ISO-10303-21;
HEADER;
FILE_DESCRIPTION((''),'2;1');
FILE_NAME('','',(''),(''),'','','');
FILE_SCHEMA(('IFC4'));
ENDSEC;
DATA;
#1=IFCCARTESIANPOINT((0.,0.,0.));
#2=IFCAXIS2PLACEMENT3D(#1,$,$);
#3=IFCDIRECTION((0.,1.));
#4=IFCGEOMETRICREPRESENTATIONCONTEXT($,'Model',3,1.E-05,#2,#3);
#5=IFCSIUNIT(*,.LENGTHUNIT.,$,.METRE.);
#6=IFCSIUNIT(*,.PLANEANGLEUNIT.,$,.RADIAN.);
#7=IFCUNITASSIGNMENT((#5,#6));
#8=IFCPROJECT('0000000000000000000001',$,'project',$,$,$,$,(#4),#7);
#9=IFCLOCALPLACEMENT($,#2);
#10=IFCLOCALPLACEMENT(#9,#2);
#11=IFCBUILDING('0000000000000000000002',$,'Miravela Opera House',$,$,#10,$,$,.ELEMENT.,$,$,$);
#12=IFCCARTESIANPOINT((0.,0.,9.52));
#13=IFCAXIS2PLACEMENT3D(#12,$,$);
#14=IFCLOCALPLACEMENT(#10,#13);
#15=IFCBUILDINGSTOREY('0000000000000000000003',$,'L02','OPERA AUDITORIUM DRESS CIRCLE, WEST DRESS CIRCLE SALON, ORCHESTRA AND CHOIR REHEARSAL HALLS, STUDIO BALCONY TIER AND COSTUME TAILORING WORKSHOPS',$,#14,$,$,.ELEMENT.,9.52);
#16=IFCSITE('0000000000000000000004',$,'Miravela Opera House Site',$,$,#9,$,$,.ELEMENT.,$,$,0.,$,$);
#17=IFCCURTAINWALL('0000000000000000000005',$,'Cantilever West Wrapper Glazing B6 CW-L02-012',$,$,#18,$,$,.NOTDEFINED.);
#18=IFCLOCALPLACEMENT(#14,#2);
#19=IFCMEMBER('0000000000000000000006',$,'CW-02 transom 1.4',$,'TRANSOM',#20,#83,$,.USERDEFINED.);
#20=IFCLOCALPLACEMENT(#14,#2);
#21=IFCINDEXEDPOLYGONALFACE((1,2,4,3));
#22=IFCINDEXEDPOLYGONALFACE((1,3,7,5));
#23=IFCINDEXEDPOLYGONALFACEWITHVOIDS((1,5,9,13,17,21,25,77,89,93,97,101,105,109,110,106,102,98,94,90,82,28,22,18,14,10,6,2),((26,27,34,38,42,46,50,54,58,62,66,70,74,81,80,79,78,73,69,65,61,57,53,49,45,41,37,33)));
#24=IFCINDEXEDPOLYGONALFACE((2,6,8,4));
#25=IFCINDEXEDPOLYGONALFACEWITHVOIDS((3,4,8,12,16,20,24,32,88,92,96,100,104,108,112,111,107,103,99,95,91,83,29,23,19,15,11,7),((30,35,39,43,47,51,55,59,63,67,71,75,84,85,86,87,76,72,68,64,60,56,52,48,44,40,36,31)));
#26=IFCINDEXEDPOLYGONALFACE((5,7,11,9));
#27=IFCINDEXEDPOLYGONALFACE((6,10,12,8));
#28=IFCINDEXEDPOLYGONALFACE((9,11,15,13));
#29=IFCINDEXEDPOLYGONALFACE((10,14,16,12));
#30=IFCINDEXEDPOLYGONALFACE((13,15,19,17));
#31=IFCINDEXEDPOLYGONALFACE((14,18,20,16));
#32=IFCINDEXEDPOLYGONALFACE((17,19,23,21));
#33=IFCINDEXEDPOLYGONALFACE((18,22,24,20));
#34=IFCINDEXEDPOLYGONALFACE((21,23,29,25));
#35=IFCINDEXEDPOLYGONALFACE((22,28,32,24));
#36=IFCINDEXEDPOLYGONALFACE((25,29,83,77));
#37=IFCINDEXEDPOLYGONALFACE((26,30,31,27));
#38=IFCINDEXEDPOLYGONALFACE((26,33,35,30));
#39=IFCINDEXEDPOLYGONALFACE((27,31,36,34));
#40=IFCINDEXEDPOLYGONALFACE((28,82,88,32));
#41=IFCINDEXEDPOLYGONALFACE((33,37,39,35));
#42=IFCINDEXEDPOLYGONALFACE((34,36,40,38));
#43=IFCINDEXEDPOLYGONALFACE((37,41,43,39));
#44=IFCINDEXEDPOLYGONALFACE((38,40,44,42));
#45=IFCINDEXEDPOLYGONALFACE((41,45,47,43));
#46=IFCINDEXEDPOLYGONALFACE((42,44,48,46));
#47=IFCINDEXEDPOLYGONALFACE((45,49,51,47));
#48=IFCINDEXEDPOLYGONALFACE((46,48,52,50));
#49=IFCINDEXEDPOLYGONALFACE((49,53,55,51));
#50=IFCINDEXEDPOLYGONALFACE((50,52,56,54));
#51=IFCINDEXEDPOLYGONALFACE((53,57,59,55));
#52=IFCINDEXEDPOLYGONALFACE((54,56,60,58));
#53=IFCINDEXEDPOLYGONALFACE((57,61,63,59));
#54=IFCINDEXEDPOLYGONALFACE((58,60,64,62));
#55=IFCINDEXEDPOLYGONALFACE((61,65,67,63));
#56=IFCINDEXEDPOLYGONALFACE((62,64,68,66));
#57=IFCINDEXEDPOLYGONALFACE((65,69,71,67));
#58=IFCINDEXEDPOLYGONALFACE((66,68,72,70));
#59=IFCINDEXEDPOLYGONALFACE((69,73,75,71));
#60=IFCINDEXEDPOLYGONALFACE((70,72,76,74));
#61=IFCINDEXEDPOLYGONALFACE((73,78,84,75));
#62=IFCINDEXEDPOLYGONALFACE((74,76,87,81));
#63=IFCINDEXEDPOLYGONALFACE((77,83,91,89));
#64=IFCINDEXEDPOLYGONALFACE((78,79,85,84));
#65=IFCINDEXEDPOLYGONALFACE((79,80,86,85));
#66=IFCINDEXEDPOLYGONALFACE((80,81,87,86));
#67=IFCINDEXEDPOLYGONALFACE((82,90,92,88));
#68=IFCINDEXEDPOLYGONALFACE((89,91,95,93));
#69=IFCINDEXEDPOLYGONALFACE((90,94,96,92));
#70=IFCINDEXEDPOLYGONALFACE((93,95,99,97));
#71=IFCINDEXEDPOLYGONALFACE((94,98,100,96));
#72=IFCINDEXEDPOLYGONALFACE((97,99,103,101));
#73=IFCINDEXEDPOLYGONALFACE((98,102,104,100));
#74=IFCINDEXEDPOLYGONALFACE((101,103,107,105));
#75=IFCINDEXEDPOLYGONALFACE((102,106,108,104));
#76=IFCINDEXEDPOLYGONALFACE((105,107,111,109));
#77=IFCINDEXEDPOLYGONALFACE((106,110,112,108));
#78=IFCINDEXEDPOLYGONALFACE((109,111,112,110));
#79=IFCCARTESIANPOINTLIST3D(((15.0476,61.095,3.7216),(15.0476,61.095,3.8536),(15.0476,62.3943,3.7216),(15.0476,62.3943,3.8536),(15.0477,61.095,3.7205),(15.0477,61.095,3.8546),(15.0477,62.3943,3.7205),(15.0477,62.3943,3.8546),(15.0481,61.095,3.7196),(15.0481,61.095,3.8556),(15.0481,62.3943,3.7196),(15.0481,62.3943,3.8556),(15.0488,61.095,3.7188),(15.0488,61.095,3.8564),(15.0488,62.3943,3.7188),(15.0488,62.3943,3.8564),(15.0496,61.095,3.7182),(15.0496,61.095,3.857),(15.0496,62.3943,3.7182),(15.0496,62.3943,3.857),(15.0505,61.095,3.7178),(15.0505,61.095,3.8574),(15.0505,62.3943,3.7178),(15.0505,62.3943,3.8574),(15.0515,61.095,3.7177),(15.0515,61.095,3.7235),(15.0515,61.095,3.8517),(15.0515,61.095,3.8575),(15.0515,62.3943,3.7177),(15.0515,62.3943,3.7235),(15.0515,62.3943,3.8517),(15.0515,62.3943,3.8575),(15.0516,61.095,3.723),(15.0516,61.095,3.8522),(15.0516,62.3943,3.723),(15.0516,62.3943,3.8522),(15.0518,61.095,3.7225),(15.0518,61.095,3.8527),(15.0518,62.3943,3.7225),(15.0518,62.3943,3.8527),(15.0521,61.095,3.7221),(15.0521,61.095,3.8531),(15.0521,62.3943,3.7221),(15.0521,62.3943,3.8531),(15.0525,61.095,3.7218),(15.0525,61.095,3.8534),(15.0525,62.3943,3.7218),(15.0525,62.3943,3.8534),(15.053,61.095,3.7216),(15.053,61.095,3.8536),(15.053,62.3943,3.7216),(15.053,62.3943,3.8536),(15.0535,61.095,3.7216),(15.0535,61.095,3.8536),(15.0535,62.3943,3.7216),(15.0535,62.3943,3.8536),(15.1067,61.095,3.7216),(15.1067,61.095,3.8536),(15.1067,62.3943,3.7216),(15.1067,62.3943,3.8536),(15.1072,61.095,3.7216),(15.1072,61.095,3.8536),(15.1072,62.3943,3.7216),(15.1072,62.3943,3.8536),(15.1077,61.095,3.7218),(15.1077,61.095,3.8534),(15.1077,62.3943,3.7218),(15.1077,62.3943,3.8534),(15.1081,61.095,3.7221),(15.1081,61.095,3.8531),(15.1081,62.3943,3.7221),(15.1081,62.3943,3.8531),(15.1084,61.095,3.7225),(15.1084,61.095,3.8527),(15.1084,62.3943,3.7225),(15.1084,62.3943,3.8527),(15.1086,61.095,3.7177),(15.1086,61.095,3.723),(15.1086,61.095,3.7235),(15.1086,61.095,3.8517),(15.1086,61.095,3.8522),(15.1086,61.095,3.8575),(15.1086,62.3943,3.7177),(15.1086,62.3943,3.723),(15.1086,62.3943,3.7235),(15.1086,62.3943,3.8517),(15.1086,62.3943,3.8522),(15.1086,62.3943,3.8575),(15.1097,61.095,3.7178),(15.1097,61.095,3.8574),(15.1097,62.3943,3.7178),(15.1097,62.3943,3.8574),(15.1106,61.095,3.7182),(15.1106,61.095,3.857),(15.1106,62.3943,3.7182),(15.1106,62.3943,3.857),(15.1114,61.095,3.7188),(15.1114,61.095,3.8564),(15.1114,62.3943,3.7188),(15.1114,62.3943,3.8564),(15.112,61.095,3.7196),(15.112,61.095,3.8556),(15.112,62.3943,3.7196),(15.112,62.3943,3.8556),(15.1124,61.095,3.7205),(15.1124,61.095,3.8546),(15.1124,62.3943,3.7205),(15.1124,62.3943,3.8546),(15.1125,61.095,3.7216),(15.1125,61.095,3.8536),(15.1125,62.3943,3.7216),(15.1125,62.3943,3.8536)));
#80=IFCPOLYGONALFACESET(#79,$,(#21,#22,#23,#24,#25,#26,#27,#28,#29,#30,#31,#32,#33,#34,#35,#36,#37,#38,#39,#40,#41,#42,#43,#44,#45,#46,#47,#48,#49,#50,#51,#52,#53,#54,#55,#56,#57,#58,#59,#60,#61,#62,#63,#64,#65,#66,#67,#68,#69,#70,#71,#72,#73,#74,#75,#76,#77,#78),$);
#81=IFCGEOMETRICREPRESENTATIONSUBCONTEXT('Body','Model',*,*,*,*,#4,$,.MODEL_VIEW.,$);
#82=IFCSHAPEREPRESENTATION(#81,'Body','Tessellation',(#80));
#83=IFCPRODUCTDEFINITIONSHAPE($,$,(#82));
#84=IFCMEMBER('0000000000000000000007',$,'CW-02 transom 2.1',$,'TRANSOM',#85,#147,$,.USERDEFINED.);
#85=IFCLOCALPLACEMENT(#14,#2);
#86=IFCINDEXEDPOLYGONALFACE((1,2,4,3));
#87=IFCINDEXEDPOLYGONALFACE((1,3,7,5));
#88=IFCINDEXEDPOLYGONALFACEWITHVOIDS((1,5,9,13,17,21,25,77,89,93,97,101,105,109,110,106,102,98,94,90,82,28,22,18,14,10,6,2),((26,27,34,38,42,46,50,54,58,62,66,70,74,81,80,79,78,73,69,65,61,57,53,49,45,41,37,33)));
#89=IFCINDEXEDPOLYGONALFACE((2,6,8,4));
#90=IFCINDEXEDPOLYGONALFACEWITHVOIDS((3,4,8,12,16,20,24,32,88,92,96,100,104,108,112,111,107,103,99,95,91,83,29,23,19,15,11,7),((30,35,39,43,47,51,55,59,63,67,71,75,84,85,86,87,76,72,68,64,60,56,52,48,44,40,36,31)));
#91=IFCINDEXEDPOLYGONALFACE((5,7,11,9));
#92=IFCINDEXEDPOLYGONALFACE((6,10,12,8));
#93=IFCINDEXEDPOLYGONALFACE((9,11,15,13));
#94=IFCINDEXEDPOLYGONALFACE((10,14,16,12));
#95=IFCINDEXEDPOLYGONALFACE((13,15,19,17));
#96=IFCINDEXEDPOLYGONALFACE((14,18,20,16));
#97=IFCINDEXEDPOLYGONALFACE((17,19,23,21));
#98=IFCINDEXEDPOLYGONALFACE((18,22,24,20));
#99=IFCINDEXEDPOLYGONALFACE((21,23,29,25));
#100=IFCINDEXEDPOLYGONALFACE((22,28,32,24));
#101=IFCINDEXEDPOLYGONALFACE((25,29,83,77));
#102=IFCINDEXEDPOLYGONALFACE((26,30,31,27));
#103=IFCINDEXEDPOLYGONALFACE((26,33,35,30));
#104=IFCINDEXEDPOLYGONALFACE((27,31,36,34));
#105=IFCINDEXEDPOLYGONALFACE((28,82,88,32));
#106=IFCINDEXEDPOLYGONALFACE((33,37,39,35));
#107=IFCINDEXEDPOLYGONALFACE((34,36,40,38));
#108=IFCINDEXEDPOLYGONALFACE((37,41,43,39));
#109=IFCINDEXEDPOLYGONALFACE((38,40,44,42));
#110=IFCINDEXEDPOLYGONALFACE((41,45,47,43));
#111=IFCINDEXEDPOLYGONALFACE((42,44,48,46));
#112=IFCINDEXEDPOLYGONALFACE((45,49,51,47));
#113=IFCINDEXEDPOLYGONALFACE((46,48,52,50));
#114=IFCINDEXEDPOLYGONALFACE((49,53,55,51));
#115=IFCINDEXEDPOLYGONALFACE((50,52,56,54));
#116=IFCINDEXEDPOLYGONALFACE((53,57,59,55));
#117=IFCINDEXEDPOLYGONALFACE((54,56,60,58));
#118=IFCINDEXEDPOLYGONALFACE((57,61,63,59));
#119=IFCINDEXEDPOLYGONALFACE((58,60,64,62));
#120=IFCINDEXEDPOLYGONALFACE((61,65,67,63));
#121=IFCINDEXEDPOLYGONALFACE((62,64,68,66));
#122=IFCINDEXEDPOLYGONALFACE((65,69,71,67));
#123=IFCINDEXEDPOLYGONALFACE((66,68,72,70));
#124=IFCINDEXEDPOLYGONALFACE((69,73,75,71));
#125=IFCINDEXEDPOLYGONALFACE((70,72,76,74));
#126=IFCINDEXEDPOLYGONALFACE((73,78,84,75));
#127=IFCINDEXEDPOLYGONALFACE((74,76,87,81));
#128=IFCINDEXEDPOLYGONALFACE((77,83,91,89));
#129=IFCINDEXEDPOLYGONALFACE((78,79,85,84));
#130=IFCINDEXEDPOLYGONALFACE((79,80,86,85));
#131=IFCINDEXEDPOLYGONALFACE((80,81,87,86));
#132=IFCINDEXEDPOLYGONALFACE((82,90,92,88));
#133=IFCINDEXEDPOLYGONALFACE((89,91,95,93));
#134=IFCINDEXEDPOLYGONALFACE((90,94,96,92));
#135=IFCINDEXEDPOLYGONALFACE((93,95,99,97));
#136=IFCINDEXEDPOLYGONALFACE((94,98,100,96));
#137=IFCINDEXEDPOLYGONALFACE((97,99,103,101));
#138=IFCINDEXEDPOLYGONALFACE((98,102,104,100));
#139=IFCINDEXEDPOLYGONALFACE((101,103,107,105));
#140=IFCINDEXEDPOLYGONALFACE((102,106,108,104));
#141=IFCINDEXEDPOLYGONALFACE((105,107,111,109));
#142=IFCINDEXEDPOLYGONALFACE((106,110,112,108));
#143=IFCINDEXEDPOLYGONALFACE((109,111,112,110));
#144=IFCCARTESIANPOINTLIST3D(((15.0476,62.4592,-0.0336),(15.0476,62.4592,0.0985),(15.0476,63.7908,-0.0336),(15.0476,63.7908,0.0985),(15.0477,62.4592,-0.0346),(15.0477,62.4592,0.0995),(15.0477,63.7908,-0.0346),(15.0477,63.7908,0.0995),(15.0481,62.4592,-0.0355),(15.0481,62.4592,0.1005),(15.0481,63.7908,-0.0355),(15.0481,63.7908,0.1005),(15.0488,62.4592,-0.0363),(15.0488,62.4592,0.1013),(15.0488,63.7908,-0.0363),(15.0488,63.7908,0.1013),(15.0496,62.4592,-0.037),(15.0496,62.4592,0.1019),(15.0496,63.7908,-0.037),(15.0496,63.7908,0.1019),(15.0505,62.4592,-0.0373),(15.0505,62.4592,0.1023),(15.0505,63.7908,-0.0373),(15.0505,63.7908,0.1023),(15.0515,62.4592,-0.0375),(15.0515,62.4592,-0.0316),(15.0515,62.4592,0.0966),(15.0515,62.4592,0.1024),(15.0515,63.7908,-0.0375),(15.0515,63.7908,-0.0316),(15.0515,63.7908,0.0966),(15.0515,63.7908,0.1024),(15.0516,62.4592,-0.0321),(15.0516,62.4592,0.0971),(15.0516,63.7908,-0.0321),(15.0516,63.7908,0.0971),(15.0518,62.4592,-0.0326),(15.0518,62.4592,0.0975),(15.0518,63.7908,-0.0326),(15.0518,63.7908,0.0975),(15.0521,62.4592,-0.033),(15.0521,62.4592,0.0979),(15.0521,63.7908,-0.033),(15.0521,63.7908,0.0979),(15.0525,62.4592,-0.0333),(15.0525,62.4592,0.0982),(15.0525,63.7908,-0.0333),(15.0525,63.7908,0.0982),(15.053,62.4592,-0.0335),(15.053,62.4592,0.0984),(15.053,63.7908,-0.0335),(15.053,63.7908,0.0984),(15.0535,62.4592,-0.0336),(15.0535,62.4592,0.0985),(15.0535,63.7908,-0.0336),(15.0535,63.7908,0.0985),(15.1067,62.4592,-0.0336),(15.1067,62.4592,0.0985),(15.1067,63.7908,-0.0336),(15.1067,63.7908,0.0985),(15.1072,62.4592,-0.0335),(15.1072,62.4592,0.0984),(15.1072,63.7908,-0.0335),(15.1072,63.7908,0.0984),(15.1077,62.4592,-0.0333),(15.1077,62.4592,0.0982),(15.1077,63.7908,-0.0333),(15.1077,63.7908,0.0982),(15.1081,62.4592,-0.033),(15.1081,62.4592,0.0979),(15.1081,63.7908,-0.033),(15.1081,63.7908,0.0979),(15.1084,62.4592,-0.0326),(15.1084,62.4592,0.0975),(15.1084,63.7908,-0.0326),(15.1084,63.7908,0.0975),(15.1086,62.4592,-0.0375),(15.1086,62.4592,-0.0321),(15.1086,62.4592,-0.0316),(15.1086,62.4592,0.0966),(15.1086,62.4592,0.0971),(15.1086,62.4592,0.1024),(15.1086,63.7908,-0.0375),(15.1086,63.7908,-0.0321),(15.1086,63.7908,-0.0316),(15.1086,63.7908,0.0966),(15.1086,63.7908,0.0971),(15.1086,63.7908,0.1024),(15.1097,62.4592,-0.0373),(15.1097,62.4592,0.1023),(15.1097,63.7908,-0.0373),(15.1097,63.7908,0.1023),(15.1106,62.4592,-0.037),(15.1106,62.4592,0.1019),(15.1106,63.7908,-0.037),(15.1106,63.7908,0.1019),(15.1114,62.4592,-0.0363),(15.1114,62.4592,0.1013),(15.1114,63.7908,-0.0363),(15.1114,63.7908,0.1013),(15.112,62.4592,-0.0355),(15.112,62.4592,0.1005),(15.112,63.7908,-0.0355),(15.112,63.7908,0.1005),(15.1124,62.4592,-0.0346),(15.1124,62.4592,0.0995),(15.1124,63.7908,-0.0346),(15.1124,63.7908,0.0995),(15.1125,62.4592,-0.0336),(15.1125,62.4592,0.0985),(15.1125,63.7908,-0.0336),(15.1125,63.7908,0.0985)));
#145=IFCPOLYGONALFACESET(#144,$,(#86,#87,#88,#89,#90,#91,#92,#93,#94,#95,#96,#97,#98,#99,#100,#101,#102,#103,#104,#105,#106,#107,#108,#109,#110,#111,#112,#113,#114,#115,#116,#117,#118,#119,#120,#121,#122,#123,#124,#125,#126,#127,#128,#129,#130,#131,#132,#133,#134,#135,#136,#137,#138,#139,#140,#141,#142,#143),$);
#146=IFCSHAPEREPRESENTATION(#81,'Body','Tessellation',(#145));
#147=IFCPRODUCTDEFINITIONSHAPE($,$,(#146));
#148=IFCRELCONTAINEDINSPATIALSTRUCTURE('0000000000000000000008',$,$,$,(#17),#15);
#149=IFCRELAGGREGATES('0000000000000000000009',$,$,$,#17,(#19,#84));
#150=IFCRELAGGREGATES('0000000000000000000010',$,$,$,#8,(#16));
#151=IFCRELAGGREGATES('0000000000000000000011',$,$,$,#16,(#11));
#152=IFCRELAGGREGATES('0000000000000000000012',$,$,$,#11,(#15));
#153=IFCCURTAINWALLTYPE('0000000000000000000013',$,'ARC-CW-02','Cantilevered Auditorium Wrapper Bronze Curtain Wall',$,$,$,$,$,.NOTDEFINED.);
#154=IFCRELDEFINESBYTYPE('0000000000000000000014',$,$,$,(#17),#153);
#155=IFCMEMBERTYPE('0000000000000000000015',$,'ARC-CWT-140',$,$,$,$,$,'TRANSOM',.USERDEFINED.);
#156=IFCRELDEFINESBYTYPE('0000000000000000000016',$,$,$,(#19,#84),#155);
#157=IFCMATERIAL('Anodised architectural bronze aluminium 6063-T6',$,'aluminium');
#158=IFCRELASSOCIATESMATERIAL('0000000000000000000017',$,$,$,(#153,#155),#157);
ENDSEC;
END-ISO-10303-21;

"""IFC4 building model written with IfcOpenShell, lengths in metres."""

from ifc_helpers import new_model, si_unit, direction, frame, origin, origin_2d, place, context, subcontext, project, spatial, hollow_rectangle, extrude, material, material_profile, profile_set, type_object, element, aggregate, save


model = new_model("IFC4")

# Units and contexts
model_context = context("Model", 3, precision=1e-05, world=origin(), true_north=direction((0.0, 1.0)))
body_context = subcontext(model_context, "Body", "Model", "MODEL_VIEW")
ifc_project = project(units=[si_unit("LENGTHUNIT", "METRE"), si_unit("PLANEANGLEUNIT", "RADIAN")], contexts=[model_context])

# Site, building, storey
site_placement = place(None, origin())
site = spatial("IfcSite", under=ifc_project, at=site_placement, Name="Miravela Opera House Site", CompositionType="ELEMENT", RefElevation=0.0)
building_placement = place(site_placement, origin())
building = spatial("IfcBuilding", under=site, at=building_placement, Name="Miravela Opera House", CompositionType="ELEMENT")
storey_placement = place(building_placement, frame((0.0, 0.0, 9.52)))
storey = spatial("IfcBuildingStorey", under=building, at=storey_placement, Name="L02", Description="OPERA AUDITORIUM DRESS CIRCLE, WEST DRESS CIRCLE SALON, ORCHESTRA AND CHOIR REHEARSAL HALLS, STUDIO BALCONY TIER AND COSTUME TAILORING WORKSHOPS", CompositionType="ELEMENT", Elevation=9.52)

# Curtain wall
ifc_material_1 = material(Name="Anodised architectural bronze aluminium 6063-T6", Category="aluminium")
curtain_wall_type = type_object("IfcCurtainWallType", Name="ARC-CW-02", Description="Cantilevered Auditorium Wrapper Bronze Curtain Wall", PredefinedType="NOTDEFINED", material=ifc_material_1)
curtain_wall_1_placement = place(storey_placement, origin())
curtain_wall_1 = element("IfcCurtainWall", 1, at=curtain_wall_1_placement, inside=storey, type_object=curtain_wall_type, Name="Cantilever West Wrapper Glazing B6 CW-L02-012", PredefinedType="NOTDEFINED")

# Members
ifc_material_profile_1 = material_profile(ifc_material_1, hollow_rectangle(XDim=0.0649, YDim=0.1399, WallThickness=0.0039, InnerFilletRadius=0.002, OuterFilletRadius=0.0039, at=origin_2d()), Name="CWT-65X140")
ifc_profile_set_1 = profile_set([ifc_material_profile_1])
member_type_1 = type_object("IfcMemberType", Name="ARC-CWT-140", ElementType="TRANSOM", PredefinedType="USERDEFINED", material=ifc_profile_set_1)
member_1_placement = place(storey_placement, frame((15.0801, 61.095, 3.7876), z_axis=(0.0, 1.0, 0.0), x_axis=(-1.0, 0.0, 0.0)))
member_1 = element("IfcMember", 2, at=member_1_placement, type_object=member_type_1, Name="CW-02 transom 1.4", ObjectType="TRANSOM", PredefinedType="USERDEFINED", context=body_context, shape_type="SweptSolid", body=[
    extrude(hollow_rectangle(XDim=0.0649, YDim=0.1399, WallThickness=0.0039, InnerFilletRadius=0.002, OuterFilletRadius=0.0039, at=origin_2d()), origin(), (0.0, 0.0, 1.0), 1.2993),
])
member_2_placement = place(storey_placement, frame((15.0801, 62.4592, 0.0325), z_axis=(0.0, 1.0, 0.0), x_axis=(-1.0, 0.0, 0.0)))
member_2 = element("IfcMember", 3, at=member_2_placement, type_object=member_type_1, Name="CW-02 transom 2.1", ObjectType="TRANSOM", PredefinedType="USERDEFINED", context=body_context, shape_type="SweptSolid", body=[
    extrude(hollow_rectangle(XDim=0.0649, YDim=0.1399, WallThickness=0.0039, InnerFilletRadius=0.002, OuterFilletRadius=0.0039, at=origin_2d()), origin(), (0.0, 0.0, 1.0), 1.3315),
])

aggregate(curtain_wall_1, [member_1, member_2])

save(model, "model.ifc")
